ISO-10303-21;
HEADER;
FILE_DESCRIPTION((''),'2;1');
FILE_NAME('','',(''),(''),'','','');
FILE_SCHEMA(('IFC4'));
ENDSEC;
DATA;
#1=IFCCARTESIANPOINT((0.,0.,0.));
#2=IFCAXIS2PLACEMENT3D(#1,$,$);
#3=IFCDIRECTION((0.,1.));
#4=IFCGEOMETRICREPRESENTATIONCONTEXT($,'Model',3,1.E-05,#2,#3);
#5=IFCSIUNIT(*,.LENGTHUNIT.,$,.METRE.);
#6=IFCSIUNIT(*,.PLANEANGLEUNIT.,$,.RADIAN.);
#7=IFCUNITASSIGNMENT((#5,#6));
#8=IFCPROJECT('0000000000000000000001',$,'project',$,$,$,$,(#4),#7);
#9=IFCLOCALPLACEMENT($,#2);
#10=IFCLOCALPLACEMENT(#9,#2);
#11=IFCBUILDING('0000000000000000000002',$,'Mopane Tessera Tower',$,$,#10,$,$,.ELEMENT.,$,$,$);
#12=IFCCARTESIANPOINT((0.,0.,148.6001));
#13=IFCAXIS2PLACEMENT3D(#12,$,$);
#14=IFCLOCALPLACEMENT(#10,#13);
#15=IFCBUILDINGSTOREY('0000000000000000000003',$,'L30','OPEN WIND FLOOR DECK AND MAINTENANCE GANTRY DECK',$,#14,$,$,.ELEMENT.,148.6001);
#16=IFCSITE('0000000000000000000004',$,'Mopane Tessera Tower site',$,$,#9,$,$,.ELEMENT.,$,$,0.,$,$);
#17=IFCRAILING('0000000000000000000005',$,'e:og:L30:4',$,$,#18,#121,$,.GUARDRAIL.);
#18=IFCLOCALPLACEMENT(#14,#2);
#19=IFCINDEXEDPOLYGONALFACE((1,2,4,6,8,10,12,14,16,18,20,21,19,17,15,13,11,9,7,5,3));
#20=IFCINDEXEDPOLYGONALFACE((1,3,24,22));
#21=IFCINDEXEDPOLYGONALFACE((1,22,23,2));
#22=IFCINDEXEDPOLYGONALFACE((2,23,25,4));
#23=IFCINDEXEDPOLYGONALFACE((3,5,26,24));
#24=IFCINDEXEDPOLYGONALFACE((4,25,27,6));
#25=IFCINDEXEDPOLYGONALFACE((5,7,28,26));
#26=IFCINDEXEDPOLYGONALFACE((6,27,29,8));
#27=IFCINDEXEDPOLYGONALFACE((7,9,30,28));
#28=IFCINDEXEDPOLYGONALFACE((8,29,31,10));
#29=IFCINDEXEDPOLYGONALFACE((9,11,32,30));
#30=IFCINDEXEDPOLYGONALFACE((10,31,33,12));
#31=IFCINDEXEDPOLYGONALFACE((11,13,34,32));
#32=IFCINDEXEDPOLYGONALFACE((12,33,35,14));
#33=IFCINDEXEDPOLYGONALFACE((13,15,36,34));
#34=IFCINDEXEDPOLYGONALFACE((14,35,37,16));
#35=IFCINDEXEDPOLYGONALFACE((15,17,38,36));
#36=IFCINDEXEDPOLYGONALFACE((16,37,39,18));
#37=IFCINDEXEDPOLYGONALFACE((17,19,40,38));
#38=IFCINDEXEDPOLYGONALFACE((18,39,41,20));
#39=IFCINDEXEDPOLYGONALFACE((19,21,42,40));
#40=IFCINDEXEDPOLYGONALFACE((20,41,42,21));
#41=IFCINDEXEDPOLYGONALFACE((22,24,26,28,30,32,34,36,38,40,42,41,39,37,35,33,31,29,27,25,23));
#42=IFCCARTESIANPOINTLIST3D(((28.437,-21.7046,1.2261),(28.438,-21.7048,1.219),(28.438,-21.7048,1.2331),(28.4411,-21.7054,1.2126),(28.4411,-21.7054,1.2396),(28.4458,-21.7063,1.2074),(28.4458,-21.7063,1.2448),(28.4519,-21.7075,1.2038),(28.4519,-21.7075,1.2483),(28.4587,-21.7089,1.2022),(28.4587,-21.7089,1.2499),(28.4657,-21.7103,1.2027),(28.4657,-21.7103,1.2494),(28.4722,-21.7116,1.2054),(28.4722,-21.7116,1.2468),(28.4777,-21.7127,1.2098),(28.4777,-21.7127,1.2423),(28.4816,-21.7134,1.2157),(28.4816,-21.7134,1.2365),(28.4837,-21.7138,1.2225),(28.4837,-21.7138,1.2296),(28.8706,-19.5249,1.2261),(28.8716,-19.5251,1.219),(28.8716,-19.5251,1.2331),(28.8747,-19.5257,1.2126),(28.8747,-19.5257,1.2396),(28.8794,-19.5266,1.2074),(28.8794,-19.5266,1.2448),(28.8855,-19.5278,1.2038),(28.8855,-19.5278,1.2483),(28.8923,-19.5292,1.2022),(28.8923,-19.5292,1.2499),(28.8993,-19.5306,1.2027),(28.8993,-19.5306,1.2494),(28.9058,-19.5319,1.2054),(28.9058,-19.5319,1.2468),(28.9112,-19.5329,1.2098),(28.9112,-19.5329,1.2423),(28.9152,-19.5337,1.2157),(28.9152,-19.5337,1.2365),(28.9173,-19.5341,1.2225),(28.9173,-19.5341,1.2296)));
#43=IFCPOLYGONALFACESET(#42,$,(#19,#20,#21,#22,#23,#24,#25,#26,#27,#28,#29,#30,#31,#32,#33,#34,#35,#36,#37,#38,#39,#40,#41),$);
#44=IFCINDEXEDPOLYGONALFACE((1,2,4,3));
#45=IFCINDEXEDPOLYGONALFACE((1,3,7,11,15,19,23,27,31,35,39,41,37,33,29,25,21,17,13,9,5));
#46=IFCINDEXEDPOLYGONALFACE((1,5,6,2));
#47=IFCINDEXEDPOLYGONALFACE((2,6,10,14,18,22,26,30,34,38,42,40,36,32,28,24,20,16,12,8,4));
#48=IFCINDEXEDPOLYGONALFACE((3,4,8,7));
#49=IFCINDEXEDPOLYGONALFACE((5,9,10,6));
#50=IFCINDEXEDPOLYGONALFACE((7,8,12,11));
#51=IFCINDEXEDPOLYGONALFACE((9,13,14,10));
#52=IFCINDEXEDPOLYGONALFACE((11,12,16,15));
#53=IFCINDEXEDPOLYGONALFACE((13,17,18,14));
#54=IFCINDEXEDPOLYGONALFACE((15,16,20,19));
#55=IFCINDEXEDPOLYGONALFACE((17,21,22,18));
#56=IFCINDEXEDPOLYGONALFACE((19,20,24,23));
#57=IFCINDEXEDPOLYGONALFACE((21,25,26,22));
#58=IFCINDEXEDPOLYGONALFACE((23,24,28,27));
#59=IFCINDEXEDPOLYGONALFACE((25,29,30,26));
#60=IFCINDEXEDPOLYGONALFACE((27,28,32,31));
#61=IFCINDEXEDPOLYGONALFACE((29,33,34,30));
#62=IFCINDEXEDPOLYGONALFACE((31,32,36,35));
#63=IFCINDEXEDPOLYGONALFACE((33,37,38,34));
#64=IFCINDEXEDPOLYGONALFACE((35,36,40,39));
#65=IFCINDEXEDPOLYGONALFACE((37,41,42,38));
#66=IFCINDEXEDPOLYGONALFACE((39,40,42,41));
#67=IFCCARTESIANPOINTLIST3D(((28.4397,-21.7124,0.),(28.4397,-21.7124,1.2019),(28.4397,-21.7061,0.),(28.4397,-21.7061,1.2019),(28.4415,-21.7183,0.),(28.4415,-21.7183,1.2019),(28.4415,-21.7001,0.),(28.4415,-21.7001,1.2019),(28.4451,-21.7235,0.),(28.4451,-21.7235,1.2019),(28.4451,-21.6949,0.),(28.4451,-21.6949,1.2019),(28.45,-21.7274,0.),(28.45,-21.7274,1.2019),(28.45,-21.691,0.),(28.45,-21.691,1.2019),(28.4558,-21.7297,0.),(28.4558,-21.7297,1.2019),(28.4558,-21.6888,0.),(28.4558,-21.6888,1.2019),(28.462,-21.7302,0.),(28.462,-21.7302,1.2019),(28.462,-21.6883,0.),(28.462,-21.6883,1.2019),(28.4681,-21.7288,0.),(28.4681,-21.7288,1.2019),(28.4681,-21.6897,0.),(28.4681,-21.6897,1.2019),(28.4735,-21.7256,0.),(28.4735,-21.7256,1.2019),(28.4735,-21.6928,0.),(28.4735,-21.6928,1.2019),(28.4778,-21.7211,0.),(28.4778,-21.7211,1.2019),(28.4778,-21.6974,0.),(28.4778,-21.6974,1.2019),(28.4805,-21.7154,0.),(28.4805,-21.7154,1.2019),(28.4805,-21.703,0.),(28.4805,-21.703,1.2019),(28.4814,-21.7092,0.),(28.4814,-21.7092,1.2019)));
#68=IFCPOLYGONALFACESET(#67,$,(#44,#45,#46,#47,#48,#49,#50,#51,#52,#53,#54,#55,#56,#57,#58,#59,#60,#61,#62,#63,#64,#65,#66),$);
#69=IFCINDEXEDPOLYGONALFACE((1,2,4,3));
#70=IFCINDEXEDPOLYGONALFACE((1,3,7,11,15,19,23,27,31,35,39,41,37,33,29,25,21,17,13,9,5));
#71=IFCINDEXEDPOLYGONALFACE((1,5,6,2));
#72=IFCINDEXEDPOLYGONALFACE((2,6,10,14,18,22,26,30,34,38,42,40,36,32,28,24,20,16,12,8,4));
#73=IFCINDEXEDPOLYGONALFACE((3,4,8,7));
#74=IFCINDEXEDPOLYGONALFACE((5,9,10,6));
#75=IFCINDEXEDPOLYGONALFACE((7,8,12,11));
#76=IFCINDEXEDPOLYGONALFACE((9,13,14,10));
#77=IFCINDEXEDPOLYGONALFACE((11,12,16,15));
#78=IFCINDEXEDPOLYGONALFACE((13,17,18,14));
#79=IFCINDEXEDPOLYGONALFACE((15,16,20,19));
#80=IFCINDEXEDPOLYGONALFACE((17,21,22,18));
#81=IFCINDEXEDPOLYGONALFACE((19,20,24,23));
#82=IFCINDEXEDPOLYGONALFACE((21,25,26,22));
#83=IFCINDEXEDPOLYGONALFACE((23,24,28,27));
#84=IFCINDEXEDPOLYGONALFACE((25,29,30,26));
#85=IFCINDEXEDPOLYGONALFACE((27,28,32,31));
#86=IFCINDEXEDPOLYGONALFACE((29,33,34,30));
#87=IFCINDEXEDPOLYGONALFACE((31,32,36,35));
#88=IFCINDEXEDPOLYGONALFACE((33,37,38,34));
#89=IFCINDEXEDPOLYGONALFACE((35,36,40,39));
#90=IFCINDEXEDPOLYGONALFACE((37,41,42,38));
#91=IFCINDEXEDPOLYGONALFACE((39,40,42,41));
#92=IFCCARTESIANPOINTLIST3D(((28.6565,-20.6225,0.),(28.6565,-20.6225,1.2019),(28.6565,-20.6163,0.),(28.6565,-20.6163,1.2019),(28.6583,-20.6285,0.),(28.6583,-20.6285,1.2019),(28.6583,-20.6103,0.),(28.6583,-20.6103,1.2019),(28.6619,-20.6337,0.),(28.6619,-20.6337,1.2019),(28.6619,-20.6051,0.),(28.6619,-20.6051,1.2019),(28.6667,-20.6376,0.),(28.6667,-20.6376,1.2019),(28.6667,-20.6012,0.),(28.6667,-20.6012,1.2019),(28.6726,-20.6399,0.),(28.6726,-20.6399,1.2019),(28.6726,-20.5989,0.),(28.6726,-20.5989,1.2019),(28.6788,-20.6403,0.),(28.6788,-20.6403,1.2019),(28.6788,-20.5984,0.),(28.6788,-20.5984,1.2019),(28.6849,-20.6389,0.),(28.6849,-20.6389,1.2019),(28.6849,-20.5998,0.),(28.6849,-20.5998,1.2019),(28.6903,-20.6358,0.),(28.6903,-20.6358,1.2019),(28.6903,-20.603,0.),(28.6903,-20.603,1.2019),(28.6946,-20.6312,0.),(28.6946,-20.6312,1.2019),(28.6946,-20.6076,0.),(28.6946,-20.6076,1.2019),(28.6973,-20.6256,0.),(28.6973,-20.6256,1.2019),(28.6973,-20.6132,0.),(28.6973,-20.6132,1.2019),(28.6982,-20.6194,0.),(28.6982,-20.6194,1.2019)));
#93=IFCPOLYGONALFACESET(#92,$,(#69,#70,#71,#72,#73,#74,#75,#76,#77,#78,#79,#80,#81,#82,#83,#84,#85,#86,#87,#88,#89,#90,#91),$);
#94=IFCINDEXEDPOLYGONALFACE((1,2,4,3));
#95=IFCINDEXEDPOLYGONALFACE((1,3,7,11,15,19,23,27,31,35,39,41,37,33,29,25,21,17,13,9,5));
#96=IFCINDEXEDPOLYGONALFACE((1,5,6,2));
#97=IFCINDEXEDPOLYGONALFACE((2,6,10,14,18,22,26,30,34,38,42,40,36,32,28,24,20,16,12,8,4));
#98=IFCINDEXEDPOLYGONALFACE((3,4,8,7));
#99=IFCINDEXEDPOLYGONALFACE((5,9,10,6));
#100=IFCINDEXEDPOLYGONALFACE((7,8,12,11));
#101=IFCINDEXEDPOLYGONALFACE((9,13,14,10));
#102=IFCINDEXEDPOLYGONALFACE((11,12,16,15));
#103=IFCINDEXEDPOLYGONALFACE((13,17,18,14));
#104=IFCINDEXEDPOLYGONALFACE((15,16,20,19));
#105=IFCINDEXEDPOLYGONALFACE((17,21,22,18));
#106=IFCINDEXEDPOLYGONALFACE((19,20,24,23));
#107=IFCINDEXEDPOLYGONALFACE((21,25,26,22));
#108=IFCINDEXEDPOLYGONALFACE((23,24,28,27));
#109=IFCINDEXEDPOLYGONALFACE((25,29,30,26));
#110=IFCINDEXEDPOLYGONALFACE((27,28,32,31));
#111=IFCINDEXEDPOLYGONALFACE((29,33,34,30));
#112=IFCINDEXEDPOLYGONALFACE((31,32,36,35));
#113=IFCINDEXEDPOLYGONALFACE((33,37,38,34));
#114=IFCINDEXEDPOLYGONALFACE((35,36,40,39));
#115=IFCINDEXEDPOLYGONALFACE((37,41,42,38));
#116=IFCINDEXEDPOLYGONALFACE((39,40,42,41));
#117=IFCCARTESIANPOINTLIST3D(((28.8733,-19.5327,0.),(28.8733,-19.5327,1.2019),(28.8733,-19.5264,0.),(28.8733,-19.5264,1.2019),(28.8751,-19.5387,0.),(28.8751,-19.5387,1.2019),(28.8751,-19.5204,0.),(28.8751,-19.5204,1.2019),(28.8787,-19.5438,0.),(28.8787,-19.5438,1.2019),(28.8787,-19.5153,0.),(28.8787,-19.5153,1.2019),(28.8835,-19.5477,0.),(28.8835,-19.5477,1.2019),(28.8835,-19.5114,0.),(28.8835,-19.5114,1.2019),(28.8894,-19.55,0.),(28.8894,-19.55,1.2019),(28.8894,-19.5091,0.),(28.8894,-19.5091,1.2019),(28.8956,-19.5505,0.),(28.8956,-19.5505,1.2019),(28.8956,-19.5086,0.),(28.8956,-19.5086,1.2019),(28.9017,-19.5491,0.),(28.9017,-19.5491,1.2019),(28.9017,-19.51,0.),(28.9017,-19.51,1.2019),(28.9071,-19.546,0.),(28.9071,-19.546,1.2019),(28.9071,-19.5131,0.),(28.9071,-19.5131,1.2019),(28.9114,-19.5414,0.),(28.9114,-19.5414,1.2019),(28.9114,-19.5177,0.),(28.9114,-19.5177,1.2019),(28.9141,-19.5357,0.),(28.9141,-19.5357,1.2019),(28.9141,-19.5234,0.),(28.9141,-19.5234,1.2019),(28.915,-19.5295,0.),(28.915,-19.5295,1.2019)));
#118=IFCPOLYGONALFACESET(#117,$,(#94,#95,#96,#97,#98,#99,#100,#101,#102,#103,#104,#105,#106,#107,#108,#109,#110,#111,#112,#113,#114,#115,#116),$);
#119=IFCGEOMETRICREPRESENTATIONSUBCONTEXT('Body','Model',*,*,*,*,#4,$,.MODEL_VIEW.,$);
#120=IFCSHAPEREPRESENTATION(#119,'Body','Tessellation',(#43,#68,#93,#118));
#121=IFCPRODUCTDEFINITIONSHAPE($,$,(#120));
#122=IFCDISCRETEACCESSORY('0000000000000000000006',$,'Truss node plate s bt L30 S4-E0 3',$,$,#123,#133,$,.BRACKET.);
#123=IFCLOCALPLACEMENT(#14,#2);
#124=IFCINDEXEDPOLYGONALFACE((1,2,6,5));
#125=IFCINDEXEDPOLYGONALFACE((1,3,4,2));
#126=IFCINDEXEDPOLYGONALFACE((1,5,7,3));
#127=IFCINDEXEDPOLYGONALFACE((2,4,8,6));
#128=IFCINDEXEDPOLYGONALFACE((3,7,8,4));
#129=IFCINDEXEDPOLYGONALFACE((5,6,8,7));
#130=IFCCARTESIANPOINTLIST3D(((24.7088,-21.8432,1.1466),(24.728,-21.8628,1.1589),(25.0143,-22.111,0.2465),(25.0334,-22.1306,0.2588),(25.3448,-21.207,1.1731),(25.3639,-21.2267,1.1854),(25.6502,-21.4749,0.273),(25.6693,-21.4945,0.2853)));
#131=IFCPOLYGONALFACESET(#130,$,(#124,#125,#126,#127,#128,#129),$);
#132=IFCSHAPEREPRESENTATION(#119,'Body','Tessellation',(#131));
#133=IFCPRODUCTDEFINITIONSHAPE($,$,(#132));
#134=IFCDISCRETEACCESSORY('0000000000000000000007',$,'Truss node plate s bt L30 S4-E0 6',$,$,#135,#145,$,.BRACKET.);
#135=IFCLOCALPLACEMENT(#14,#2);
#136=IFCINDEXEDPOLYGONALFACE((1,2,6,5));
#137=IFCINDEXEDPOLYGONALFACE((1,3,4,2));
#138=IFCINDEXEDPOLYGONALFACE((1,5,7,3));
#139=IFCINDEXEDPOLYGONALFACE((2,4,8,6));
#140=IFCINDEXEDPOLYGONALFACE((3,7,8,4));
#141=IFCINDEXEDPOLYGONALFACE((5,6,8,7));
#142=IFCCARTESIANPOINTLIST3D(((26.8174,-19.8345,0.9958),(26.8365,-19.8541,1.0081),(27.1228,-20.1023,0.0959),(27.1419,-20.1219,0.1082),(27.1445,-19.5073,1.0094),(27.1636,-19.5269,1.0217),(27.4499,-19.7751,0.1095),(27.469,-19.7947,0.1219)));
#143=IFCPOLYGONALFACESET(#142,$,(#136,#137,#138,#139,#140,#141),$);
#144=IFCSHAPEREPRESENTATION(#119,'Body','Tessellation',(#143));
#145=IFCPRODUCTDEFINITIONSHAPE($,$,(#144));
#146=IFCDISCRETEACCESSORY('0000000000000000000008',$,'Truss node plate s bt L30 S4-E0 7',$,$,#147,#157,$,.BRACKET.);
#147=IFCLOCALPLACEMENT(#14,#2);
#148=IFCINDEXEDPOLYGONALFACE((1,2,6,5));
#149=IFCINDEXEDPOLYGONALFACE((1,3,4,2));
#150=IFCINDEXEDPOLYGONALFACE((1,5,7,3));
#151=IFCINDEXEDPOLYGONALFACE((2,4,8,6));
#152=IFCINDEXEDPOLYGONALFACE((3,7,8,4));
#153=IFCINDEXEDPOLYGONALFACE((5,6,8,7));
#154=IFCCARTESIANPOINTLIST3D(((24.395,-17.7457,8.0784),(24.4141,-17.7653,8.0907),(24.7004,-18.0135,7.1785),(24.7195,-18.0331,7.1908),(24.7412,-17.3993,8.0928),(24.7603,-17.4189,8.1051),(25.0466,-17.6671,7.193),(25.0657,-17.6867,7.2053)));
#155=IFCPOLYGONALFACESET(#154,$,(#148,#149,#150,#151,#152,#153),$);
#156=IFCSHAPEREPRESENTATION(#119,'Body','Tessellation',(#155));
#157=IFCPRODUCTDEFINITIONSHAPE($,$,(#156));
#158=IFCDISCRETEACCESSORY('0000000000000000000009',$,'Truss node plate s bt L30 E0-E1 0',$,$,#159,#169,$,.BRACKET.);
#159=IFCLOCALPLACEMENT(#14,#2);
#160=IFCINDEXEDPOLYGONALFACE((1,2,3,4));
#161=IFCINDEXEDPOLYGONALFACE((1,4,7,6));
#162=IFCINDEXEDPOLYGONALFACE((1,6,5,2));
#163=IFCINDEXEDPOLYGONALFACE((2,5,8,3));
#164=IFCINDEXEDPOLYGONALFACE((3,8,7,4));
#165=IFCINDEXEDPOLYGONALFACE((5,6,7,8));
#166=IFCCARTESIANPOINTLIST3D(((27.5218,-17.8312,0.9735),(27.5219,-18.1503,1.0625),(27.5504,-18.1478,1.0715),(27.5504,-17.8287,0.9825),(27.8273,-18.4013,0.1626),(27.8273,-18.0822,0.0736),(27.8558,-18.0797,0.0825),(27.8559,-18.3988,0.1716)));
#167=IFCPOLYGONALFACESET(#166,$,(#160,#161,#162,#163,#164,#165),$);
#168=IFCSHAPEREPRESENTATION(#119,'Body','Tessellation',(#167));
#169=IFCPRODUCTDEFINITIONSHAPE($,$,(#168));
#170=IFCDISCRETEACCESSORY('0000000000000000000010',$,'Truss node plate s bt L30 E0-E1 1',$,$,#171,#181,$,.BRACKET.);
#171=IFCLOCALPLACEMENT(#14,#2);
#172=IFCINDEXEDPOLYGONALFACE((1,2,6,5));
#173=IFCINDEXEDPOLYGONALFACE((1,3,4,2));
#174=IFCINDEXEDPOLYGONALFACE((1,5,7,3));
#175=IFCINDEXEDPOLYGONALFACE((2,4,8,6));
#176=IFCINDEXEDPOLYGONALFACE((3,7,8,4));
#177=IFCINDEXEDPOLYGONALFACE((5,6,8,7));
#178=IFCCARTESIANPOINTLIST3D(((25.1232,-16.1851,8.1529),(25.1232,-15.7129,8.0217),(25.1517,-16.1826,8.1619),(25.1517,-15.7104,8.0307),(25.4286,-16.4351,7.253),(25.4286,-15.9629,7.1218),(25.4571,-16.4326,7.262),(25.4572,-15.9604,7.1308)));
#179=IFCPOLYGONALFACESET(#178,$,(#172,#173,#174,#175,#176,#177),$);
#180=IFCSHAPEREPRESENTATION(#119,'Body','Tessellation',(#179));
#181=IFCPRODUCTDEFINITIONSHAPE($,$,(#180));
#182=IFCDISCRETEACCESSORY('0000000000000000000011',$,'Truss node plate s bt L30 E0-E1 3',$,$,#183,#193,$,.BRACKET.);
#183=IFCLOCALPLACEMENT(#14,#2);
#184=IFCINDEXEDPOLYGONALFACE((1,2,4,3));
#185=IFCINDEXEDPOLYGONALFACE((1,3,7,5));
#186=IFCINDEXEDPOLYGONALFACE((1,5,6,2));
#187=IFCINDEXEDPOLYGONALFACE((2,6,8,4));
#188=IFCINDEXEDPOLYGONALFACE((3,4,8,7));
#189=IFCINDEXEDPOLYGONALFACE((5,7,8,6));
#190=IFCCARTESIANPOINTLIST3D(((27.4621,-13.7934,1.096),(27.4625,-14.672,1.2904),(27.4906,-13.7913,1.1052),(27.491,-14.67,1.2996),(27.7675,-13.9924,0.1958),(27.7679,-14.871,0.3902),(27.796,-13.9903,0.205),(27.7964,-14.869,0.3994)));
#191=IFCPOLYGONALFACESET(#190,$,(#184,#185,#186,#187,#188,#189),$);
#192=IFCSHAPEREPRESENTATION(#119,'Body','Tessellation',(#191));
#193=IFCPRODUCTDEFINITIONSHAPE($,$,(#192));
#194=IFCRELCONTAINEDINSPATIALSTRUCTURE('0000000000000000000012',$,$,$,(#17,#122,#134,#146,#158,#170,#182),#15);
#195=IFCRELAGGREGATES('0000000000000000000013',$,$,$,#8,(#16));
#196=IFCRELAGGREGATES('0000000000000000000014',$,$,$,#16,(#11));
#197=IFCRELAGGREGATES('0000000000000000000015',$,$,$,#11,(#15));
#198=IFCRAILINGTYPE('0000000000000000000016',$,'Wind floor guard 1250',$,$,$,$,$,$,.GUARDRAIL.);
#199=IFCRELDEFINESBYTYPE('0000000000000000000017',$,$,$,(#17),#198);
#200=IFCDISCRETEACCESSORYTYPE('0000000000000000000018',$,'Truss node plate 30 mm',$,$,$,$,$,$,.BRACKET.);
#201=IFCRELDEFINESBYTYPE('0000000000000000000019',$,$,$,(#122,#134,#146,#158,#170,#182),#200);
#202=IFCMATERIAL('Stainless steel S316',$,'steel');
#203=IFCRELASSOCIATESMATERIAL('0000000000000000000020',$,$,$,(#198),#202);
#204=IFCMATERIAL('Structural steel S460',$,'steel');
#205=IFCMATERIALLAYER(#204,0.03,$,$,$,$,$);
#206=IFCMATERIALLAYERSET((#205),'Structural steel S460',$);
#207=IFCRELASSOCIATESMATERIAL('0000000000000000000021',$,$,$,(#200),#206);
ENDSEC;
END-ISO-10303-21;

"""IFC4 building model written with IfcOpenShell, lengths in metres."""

from ifc_helpers import new_model, si_unit, direction, frame, origin, origin_2d, place, context, subcontext, project, spatial, rectangle, circle, extrude, material, layer, layer_set, type_object, element, save


model = new_model("IFC4")

# Units and contexts
model_context = context("Model", 3, precision=1e-05, world=origin(), true_north=direction((0.0, 1.0)))
body_context = subcontext(model_context, "Body", "Model", "MODEL_VIEW")
ifc_project = project(units=[si_unit("LENGTHUNIT", "METRE"), si_unit("PLANEANGLEUNIT", "RADIAN")], contexts=[model_context])

# Site, building, storey
site_placement = place(None, origin())
site = spatial("IfcSite", under=ifc_project, at=site_placement, Name="Mopane Tessera Tower site", CompositionType="ELEMENT", RefElevation=0.0)
building_placement = place(site_placement, origin())
building = spatial("IfcBuilding", under=site, at=building_placement, Name="Mopane Tessera Tower", CompositionType="ELEMENT")
storey_placement = place(building_placement, frame((0.0, 0.0, 148.6001)))
storey = spatial("IfcBuildingStorey", under=building, at=storey_placement, Name="L30", Description="OPEN WIND FLOOR DECK AND MAINTENANCE GANTRY DECK", CompositionType="ELEMENT", Elevation=148.6001)

# Railing
ifc_material_1 = material(Name="Stainless steel S316", Category="steel")
railing_type = type_object("IfcRailingType", Name="Wind floor guard 1250", PredefinedType="GUARDRAIL", material=ifc_material_1)
railing_1_placement = place(storey_placement, frame((28.4604, -21.7092, 0.0)))
element("IfcRailing", 1, at=railing_1_placement, inside=storey, type_object=railing_type, Name="e:og:L30:4", PredefinedType="GUARDRAIL", context=body_context, shape_type="SweptSolid", body=[
    extrude(circle(Radius=0.0239, at=origin_2d()), frame((0.0, 0.0, 1.2261), z_axis=(0.195102, 0.980783, 0.0), x_axis=(-0.980783, 0.195102, 0.0)), (0.0, 0.0, 1.0), 2.2224),
    extrude(circle(Radius=0.021, at=origin_2d()), origin(), (0.0, 0.0, 1.0), 1.2019),
    extrude(circle(Radius=0.021, at=origin_2d()), frame((0.2168, 1.0898, 0.0)), (0.0, 0.0, 1.0), 1.2019),
    extrude(circle(Radius=0.021, at=origin_2d()), frame((0.4336, 2.1797, 0.0)), (0.0, 0.0, 1.0), 1.2019),
])

# Discrete accessories
ifc_material_2 = material(Name="Structural steel S460", Category="steel")
ifc_layer_1 = layer(ifc_material_2, 0.03)
ifc_layer_set_1 = layer_set([ifc_layer_1], Name="Structural steel S460")
discrete_accessory_type = type_object("IfcDiscreteAccessoryType", Name="Truss node plate 30 mm", PredefinedType="BRACKET", material=ifc_layer_set_1)
discrete_accessory_1_placement = place(storey_placement, frame((25.3418, -21.8027, 0.2659), z_axis=(-0.309267, 0.271196, 0.911486), x_axis=(-0.636345, 0.653252, -0.410276)))
element("IfcDiscreteAccessory", 2, at=discrete_accessory_1_placement, inside=storey, type_object=discrete_accessory_type, Name="Truss node plate s bt L30 S4-E0 3", PredefinedType="BRACKET", context=body_context, shape_type="SweptSolid", body=[
    extrude(rectangle(XDim=0.03, YDim=0.8999, at=origin_2d()), origin(), (0.0, 0.0, 1.0), 0.9875),
])
discrete_accessory_2_placement = place(storey_placement, frame((27.2959, -19.9485, 0.1089), z_axis=(-0.309337, 0.271257, 0.911444), x_axis=(-0.636314, 0.653225, -0.410368)))
element("IfcDiscreteAccessory", 3, at=discrete_accessory_2_placement, inside=storey, type_object=discrete_accessory_type, Name="Truss node plate s bt L30 S4-E0 6", PredefinedType="BRACKET", context=body_context, shape_type="SweptSolid", body=[
    extrude(rectangle(XDim=0.03, YDim=0.4629, at=origin_2d()), origin(), (0.0, 0.0, 1.0), 0.9873),
])
discrete_accessory_3_placement = place(storey_placement, frame((24.8831, -17.8501, 7.1919), z_axis=(-0.309337, 0.271257, 0.911444), x_axis=(-0.636314, 0.653225, -0.410368)))
element("IfcDiscreteAccessory", 4, at=discrete_accessory_3_placement, inside=storey, type_object=discrete_accessory_type, Name="Truss node plate s bt L30 S4-E0 7", PredefinedType="BRACKET", context=body_context, shape_type="SweptSolid", body=[
    extrude(rectangle(XDim=0.03, YDim=0.49, at=origin_2d()), origin(), (0.0, 0.0, 1.0), 0.9873),
])
discrete_accessory_4_placement = place(storey_placement, frame((27.8416, -18.2405, 0.1226), z_axis=(-0.310733, 0.255343, 0.915557), x_axis=(-0.950497, -0.083642, -0.299264)))
element("IfcDiscreteAccessory", 5, at=discrete_accessory_4_placement, inside=storey, type_object=discrete_accessory_type, Name="Truss node plate s bt L30 E0-E1 0", PredefinedType="BRACKET", context=body_context, shape_type="SweptSolid", body=[
    extrude(rectangle(XDim=0.03, YDim=0.3313, at=origin_2d()), origin(), (0.0, 0.0, 1.0), 0.9829),
])
discrete_accessory_5_placement = place(storey_placement, frame((25.4429, -16.1978, 7.1919), z_axis=(-0.310812, 0.254413, 0.915789), x_axis=(-0.950471, -0.083117, -0.299492)))
element("IfcDiscreteAccessory", 6, at=discrete_accessory_5_placement, inside=storey, type_object=discrete_accessory_type, Name="Truss node plate s bt L30 E0-E1 1", PredefinedType="BRACKET", context=body_context, shape_type="SweptSolid", body=[
    extrude(rectangle(XDim=0.03, YDim=0.49, at=origin_2d()), origin(), (0.0, 0.0, 1.0), 0.9827),
])
discrete_accessory_6_placement = place(storey_placement, frame((27.782, -14.4307, 0.2976), z_axis=(-0.314492, 0.204885, 0.926885), x_axis=(-0.94926, -0.068324, -0.306981)))
element("IfcDiscreteAccessory", 7, at=discrete_accessory_6_placement, inside=storey, type_object=discrete_accessory_type, Name="Truss node plate s bt L30 E0-E1 3", PredefinedType="BRACKET", context=body_context, shape_type="SweptSolid", body=[
    extrude(rectangle(XDim=0.03, YDim=0.8999, at=origin_2d()), origin(), (0.0, 0.0, 1.0), 0.9712),
])

save(model, "model.ifc")
